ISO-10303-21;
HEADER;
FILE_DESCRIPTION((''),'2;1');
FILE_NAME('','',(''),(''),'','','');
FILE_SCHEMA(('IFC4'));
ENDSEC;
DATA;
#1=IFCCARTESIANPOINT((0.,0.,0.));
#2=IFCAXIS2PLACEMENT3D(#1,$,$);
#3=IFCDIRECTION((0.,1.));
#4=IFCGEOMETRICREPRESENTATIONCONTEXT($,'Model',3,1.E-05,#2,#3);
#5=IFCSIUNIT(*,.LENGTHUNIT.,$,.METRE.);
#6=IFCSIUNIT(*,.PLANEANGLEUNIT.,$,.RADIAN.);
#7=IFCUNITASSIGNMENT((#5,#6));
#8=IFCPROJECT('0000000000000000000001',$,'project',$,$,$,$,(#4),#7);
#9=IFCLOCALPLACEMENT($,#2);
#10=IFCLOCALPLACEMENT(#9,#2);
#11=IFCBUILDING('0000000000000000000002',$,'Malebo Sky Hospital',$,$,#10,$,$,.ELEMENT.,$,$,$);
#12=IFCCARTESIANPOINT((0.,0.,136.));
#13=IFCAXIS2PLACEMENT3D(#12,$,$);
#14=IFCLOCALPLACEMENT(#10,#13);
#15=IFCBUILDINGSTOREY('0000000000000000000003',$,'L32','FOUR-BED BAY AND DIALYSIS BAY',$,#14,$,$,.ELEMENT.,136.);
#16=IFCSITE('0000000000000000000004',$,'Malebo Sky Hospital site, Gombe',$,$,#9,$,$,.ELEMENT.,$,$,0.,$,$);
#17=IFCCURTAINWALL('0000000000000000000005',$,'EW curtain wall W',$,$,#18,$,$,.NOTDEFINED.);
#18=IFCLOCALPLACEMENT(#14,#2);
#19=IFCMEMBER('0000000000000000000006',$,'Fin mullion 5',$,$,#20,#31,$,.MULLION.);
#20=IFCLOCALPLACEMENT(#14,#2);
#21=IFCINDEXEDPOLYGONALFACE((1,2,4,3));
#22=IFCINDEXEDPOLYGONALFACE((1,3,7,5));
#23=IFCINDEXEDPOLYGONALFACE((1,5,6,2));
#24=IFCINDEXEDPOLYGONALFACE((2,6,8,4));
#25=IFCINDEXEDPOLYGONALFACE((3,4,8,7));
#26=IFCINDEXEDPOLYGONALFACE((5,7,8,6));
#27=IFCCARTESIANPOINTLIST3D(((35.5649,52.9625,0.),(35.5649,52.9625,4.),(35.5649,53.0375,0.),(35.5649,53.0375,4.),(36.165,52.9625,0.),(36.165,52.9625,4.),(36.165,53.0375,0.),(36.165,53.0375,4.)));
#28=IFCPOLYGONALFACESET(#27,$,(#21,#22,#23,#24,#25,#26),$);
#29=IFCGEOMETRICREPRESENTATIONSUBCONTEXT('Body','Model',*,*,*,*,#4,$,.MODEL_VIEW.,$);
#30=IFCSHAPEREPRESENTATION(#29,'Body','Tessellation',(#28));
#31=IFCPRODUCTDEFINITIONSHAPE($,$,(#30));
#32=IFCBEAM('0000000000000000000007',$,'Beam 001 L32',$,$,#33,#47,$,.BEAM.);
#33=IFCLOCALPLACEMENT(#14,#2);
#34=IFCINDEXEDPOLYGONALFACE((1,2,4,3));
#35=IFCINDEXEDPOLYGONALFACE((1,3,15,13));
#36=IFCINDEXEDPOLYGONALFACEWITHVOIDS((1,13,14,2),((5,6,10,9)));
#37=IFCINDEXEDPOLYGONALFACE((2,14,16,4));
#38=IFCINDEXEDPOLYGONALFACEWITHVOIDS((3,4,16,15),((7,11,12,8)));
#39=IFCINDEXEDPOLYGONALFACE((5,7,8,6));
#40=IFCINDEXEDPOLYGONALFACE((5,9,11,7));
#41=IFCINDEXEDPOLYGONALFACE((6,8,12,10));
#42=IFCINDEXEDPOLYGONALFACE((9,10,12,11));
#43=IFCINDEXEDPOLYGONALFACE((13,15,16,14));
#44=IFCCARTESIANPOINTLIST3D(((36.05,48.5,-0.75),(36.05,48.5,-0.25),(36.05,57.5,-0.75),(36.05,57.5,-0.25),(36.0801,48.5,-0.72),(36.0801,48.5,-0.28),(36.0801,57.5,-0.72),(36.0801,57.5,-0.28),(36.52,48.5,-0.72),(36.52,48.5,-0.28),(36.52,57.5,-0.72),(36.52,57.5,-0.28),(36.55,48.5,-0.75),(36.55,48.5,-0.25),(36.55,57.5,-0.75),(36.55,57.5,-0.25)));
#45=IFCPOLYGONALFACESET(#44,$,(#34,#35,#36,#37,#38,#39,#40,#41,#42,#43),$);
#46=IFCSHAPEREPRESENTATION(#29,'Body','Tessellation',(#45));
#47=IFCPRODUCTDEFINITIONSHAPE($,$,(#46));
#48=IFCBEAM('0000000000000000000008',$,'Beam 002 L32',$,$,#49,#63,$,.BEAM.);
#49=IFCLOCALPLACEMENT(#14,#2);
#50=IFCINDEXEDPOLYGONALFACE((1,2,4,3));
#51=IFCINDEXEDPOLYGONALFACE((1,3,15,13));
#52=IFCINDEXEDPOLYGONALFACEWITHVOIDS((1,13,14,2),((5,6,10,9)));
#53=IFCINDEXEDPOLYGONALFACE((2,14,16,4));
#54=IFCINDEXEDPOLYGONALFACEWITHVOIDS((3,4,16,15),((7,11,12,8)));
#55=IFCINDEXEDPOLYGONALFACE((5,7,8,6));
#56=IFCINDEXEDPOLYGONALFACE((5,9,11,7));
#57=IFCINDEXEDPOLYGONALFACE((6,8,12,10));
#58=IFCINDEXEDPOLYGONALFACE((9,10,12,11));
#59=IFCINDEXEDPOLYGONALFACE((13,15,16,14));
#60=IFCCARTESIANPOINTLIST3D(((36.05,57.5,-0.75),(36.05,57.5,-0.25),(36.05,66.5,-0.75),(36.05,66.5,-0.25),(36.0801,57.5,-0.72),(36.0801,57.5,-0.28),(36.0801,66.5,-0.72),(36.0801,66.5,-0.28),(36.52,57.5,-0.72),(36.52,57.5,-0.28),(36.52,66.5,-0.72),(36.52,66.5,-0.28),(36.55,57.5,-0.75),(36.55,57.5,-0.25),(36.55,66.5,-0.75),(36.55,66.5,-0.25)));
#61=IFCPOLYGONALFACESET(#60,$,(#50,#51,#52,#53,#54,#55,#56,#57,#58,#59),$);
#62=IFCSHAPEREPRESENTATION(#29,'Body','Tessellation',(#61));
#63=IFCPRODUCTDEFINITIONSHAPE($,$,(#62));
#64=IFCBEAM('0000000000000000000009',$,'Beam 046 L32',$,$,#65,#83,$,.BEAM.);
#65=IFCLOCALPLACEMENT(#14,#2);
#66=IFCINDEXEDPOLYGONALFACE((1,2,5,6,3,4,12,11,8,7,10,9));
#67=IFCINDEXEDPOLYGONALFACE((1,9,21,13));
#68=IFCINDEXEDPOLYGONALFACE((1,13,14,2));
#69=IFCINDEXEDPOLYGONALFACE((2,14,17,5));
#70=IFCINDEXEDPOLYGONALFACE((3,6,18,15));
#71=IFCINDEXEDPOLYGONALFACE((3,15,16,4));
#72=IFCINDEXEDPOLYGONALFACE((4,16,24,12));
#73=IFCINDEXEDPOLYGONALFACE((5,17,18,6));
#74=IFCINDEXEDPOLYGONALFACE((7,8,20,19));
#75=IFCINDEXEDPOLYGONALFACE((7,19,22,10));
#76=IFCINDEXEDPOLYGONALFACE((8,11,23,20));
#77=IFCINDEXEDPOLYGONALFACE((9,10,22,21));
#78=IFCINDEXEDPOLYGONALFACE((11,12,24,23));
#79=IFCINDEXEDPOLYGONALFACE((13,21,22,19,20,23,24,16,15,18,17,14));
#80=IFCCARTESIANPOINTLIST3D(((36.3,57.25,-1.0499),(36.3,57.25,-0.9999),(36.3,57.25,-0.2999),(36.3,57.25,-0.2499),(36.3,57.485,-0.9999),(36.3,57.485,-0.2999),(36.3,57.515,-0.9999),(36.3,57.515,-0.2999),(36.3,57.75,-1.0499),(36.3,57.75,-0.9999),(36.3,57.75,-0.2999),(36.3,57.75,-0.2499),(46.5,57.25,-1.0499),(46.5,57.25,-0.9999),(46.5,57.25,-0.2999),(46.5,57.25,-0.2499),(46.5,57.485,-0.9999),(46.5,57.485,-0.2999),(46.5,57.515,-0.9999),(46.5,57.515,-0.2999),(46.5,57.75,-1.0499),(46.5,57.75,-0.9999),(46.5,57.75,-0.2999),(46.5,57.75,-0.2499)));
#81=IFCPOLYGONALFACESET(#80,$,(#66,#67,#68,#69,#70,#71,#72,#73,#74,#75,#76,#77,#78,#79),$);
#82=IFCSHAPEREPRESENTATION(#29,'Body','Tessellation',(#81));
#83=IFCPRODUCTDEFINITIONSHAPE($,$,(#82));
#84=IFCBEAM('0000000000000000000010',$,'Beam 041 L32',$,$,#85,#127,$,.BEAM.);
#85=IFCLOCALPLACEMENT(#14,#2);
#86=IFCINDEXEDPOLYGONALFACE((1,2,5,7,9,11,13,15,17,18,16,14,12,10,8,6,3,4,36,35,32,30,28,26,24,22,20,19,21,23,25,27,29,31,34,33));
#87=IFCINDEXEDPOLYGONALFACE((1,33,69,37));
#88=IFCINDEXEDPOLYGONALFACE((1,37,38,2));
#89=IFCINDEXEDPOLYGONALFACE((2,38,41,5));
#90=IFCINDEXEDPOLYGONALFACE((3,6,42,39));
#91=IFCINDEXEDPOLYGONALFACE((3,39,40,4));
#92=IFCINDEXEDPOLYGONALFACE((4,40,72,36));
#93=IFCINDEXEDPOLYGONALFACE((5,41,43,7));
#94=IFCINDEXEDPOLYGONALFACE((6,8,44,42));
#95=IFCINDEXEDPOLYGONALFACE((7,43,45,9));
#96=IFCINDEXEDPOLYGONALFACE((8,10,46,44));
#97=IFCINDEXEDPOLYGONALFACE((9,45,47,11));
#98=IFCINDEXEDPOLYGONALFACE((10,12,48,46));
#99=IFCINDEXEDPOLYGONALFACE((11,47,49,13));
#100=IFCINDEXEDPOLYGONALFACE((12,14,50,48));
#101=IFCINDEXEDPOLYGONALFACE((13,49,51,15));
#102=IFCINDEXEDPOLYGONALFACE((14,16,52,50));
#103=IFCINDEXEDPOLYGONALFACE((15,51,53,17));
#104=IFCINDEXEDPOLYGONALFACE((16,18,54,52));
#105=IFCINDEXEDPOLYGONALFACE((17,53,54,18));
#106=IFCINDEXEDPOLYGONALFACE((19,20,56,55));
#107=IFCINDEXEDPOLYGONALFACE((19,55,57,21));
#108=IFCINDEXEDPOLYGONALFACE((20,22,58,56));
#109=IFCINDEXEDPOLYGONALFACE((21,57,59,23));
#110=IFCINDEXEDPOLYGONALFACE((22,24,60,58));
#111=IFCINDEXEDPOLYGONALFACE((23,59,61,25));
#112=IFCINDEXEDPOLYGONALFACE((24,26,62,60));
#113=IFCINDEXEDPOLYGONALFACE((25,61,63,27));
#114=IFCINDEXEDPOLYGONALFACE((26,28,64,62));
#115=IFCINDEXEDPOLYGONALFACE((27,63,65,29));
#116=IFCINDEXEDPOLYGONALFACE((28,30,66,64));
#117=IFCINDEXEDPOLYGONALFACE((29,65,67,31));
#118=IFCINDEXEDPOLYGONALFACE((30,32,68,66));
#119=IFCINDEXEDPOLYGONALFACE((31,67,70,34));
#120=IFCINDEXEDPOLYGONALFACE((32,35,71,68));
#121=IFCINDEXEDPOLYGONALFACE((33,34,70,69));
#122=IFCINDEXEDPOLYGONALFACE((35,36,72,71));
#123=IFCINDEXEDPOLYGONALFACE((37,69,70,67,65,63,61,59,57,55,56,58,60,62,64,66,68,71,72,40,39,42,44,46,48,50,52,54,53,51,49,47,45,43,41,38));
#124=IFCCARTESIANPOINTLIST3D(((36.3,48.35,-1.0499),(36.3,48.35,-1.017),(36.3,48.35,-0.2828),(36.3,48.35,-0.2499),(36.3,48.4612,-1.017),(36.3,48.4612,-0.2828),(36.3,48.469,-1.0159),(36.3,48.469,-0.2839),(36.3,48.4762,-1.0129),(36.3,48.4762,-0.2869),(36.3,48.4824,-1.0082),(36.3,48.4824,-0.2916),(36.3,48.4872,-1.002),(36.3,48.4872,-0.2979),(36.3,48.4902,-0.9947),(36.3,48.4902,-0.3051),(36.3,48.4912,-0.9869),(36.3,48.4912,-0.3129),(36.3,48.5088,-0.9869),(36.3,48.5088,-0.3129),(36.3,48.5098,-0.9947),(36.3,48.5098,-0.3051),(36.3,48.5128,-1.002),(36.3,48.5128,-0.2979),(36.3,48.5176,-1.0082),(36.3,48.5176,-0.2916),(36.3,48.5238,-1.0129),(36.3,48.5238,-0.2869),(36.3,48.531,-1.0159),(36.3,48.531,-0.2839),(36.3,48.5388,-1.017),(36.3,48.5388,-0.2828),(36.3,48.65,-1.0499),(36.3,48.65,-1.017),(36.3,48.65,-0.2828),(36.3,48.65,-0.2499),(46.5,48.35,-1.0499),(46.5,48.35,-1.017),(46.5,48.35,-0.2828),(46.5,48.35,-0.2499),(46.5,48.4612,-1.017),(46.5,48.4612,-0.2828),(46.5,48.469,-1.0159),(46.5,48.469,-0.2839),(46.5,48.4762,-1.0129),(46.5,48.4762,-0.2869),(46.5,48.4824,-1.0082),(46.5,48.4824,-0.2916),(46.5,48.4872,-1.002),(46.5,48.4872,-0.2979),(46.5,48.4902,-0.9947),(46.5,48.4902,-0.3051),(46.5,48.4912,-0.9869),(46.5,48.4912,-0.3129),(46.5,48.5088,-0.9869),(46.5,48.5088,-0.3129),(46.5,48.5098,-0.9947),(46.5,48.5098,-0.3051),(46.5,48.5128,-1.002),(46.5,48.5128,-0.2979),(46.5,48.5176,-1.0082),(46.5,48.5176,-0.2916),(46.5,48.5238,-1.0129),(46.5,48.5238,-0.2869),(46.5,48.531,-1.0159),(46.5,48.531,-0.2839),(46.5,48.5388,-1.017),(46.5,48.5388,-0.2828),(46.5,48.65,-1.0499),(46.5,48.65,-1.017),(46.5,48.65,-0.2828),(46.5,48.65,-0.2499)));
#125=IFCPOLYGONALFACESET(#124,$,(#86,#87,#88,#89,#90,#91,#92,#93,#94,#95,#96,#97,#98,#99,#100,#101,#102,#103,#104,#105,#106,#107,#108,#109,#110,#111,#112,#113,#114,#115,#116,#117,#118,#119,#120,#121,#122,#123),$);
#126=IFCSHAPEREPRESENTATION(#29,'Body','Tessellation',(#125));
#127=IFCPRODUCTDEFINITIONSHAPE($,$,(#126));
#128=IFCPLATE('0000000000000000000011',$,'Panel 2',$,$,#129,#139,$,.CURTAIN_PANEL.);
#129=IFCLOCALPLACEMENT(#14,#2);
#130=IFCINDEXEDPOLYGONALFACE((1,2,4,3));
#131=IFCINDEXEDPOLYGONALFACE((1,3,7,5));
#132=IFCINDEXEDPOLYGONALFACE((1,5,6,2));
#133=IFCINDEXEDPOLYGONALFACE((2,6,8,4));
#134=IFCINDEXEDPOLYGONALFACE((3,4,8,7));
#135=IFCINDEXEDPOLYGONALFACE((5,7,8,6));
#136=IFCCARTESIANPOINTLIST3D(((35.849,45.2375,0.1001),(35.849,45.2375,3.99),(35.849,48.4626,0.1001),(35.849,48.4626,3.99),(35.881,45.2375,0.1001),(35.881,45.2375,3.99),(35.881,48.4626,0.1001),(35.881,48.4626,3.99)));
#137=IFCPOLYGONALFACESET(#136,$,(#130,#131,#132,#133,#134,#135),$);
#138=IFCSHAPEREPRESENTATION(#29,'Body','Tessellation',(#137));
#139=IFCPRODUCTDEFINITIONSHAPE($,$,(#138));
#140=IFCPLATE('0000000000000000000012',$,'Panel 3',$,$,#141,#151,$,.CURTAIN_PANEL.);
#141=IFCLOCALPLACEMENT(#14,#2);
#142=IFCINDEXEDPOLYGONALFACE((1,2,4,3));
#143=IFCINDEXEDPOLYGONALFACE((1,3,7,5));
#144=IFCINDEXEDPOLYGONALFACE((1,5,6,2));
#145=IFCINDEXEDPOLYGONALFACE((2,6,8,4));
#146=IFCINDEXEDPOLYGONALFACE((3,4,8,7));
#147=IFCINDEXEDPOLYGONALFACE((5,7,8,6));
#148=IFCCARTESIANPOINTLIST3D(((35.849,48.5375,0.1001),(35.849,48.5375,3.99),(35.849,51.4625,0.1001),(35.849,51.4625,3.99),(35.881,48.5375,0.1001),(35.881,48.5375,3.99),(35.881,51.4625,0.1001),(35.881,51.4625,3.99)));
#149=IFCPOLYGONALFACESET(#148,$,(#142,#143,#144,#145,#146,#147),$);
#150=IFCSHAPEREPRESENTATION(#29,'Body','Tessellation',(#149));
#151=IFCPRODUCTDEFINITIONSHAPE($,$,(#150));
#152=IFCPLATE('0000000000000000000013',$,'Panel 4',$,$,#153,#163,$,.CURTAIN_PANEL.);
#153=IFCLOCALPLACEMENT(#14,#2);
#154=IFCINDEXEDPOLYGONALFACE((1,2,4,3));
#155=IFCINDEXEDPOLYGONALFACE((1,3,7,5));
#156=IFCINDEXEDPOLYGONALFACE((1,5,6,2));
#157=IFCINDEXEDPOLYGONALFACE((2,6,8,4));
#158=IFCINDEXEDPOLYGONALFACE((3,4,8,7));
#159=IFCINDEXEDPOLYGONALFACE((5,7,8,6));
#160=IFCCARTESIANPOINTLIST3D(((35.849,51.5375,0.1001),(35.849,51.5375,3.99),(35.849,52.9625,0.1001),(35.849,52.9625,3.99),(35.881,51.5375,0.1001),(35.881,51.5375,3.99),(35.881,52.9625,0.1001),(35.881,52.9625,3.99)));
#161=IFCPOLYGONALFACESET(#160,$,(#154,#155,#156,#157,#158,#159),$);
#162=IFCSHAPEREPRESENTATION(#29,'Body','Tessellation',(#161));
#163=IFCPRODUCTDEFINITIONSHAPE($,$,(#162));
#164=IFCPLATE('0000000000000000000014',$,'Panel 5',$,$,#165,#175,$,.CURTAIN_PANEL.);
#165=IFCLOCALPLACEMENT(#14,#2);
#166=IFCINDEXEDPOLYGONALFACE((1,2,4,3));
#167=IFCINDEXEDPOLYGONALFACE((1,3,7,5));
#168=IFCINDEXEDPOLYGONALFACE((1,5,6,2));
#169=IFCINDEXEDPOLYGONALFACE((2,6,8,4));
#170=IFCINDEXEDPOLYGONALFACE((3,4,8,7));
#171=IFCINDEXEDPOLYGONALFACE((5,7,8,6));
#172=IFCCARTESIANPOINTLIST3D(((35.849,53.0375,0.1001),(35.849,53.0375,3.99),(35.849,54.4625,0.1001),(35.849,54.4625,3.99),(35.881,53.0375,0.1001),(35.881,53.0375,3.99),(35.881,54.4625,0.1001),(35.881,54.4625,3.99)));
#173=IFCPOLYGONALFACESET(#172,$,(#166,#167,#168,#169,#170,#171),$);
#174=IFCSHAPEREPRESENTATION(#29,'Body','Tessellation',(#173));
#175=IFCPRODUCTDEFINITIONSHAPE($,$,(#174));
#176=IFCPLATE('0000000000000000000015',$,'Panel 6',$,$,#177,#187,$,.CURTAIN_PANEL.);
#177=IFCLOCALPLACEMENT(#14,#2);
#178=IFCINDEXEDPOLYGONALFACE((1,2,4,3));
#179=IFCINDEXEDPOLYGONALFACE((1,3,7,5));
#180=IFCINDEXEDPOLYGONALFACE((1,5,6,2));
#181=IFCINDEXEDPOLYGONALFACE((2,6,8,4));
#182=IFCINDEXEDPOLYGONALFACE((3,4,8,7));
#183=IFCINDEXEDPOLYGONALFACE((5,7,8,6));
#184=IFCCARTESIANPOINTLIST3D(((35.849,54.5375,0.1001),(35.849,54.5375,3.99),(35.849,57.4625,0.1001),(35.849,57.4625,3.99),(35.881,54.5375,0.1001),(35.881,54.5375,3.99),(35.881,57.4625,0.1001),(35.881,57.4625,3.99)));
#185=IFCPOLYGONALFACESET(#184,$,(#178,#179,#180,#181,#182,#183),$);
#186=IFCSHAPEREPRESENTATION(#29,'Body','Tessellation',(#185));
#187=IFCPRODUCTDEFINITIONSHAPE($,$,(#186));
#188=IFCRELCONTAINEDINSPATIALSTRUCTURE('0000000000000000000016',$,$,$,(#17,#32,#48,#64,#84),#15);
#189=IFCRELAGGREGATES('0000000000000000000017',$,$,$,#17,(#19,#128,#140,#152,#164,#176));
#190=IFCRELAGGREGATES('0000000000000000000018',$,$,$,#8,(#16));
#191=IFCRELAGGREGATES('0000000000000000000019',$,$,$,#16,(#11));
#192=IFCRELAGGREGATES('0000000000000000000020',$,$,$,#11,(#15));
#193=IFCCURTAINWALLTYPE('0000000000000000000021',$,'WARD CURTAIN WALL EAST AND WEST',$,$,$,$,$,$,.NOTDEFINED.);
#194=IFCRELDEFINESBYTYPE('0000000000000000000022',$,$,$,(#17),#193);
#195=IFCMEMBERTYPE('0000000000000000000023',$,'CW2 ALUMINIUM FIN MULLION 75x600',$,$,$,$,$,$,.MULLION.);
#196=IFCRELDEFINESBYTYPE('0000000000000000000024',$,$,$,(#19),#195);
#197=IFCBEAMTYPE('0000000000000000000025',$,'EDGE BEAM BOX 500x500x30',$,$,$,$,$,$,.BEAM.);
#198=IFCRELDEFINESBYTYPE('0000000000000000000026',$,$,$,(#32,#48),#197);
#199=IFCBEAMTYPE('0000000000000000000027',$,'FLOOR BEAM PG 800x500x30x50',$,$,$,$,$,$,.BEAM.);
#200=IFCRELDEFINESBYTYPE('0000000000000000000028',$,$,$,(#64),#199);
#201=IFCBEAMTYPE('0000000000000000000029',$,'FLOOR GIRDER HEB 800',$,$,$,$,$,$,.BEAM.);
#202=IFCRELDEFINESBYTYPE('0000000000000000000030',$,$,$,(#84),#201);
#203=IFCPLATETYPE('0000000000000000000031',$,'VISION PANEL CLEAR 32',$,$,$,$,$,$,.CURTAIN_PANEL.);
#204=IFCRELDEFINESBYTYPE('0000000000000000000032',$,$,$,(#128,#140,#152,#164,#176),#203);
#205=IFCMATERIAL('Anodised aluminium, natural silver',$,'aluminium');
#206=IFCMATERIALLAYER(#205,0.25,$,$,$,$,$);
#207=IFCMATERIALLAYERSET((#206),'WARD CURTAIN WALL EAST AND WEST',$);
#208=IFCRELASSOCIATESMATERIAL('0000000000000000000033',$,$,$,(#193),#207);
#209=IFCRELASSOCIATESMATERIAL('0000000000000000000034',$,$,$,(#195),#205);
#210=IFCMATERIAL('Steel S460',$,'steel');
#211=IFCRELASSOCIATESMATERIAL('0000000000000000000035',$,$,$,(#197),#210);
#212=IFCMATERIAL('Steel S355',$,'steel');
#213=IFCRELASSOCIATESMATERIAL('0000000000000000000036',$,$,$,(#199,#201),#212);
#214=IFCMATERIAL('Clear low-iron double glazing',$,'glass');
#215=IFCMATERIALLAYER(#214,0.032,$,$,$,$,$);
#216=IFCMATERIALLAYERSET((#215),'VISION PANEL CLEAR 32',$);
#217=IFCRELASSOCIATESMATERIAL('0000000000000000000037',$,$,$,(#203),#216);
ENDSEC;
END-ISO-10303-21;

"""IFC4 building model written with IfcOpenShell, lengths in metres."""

from ifc_helpers import new_model, si_unit, direction, frame, origin, origin_2d, place, context, subcontext, project, spatial, rectangle, hollow_rectangle, i_section, extrude, material, layer, layer_set, material_profile, profile_set, type_object, element, aggregate, save


model = new_model("IFC4")

# Units and contexts
model_context = context("Model", 3, precision=1e-05, world=origin(), true_north=direction((0.0, 1.0)))
body_context = subcontext(model_context, "Body", "Model", "MODEL_VIEW")
ifc_project = project(units=[si_unit("LENGTHUNIT", "METRE"), si_unit("PLANEANGLEUNIT", "RADIAN")], contexts=[model_context])

# Site, building, storey
site_placement = place(None, origin())
site = spatial("IfcSite", under=ifc_project, at=site_placement, Name="Malebo Sky Hospital site, Gombe", CompositionType="ELEMENT", RefElevation=0.0)
building_placement = place(site_placement, origin())
building = spatial("IfcBuilding", under=site, at=building_placement, Name="Malebo Sky Hospital", CompositionType="ELEMENT")
storey_placement = place(building_placement, frame((0.0, 0.0, 136.0)))
storey = spatial("IfcBuildingStorey", under=building, at=storey_placement, Name="L32", Description="FOUR-BED BAY AND DIALYSIS BAY", CompositionType="ELEMENT", Elevation=136.0)

# Shared definitions
ifc_material_1 = material(Name="Steel S460", Category="steel")

# Curtain wall, member
ifc_material_2 = material(Name="Anodised aluminium, natural silver", Category="aluminium")
ifc_layer_1 = layer(ifc_material_2, 0.25)
ifc_layer_set_1 = layer_set([ifc_layer_1], Name="WARD CURTAIN WALL EAST AND WEST")
curtain_wall_type = type_object("IfcCurtainWallType", Name="WARD CURTAIN WALL EAST AND WEST", PredefinedType="NOTDEFINED", material=ifc_layer_set_1)
curtain_wall_placement = place(storey_placement, origin())
curtain_wall = element("IfcCurtainWall", 1, at=curtain_wall_placement, inside=storey, type_object=curtain_wall_type, Name="EW curtain wall W", PredefinedType="NOTDEFINED")
ifc_material_profile_1 = material_profile(ifc_material_2, rectangle(XDim=0.075, YDim=0.6001, at=origin_2d()), Name="CW2 ALUMINIUM FIN MULLION 75x600")
ifc_profile_set_1 = profile_set([ifc_material_profile_1], Name="Anodised aluminium, natural silver")
member_type_1 = type_object("IfcMemberType", Name="CW2 ALUMINIUM FIN MULLION 75x600", PredefinedType="MULLION", material=ifc_profile_set_1)
member_1_placement = place(storey_placement, frame((35.865, 53.0, 0.0), z_axis=(0.0, 0.0, 1.0), x_axis=(0.0, 1.0, 0.0)))
member_1 = element("IfcMember", 2, at=member_1_placement, type_object=member_type_1, Name="Fin mullion 5", PredefinedType="MULLION", context=body_context, shape_type="SweptSolid", body=[
    extrude(rectangle(XDim=0.075, YDim=0.6001, at=origin_2d()), origin(), (0.0, 0.0, 1.0), 4.0),
])

# Beams
ifc_material_profile_2 = material_profile(ifc_material_1, hollow_rectangle(XDim=0.5, YDim=0.5, WallThickness=0.03, at=origin_2d()), Name="BOX 500x500x30")
ifc_profile_set_2 = profile_set([ifc_material_profile_2], Name="Steel S460")
beam_type_1 = type_object("IfcBeamType", Name="EDGE BEAM BOX 500x500x30", PredefinedType="BEAM", material=ifc_profile_set_2)
for number, where, z_axis, x_axis, name in (
    (3, (36.3, 48.5, -0.5), (0.0, 1.0, 0.0), (-1.0, 0.0, 0.0), "Beam 001 L32"),
    (4, (36.3, 57.5, -0.5), (0.0, 1.0, 0.0), (-1.0, 0.0, 0.0), "Beam 002 L32"),
):
    element("IfcBeam", number, at=place(storey_placement, frame(where, z_axis=z_axis, x_axis=x_axis)), inside=storey, type_object=beam_type_1, Name=name, PredefinedType="BEAM", context=body_context, shape_type="SweptSolid", body=[
        extrude(hollow_rectangle(XDim=0.5, YDim=0.5, WallThickness=0.03, at=origin_2d()), origin(), (0.0, 0.0, 1.0), 9.0),
    ])
ifc_material_3 = material(Name="Steel S355", Category="steel")
ifc_material_profile_3 = material_profile(ifc_material_3, i_section(OverallWidth=0.5, OverallDepth=0.8, WebThickness=0.03, FlangeThickness=0.05, at=origin_2d()), Name="PG 800x500x30x50")
ifc_profile_set_3 = profile_set([ifc_material_profile_3], Name="Steel S355")
beam_type_2 = type_object("IfcBeamType", Name="FLOOR BEAM PG 800x500x30x50", PredefinedType="BEAM", material=ifc_profile_set_3)
beam_1_placement = place(storey_placement, frame((36.3, 57.5, -0.6499), z_axis=(1.0, 0.0, 0.0), x_axis=(0.0, 1.0, 0.0)))
element("IfcBeam", 5, at=beam_1_placement, inside=storey, type_object=beam_type_2, Name="Beam 046 L32", PredefinedType="BEAM", context=body_context, shape_type="SweptSolid", body=[
    extrude(i_section(OverallWidth=0.5, OverallDepth=0.8, WebThickness=0.03, FlangeThickness=0.05, at=origin_2d()), origin(), (0.0, 0.0, 1.0), 10.2),
])
ifc_material_profile_4 = material_profile(ifc_material_3, i_section(OverallWidth=0.3, OverallDepth=0.8, WebThickness=0.0176, FlangeThickness=0.033, FilletRadius=0.03, at=origin_2d()), Name="HEB 800")
ifc_profile_set_4 = profile_set([ifc_material_profile_4], Name="Steel S355")
beam_type_3 = type_object("IfcBeamType", Name="FLOOR GIRDER HEB 800", PredefinedType="BEAM", material=ifc_profile_set_4)
beam_2_placement = place(storey_placement, frame((36.3, 48.5, -0.6499), z_axis=(1.0, 0.0, 0.0), x_axis=(0.0, 1.0, 0.0)))
element("IfcBeam", 6, at=beam_2_placement, inside=storey, type_object=beam_type_3, Name="Beam 041 L32", PredefinedType="BEAM", context=body_context, shape_type="SweptSolid", body=[
    extrude(i_section(OverallWidth=0.3, OverallDepth=0.8, WebThickness=0.0176, FlangeThickness=0.033, FilletRadius=0.03, at=origin_2d()), origin(), (0.0, 0.0, 1.0), 10.2),
])

# Plates
ifc_material_4 = material(Name="Clear low-iron double glazing", Category="glass")
ifc_layer_2 = layer(ifc_material_4, 0.032)
ifc_layer_set_2 = layer_set([ifc_layer_2], Name="VISION PANEL CLEAR 32")
plate_type = type_object("IfcPlateType", Name="VISION PANEL CLEAR 32", PredefinedType="CURTAIN_PANEL", material=ifc_layer_set_2)
plate_1_placement = place(storey_placement, frame((35.865, 46.8501, 0.1001), z_axis=(0.0, 0.0, 1.0), x_axis=(0.0, 1.0, 0.0)))
plate_1 = element("IfcPlate", 7, at=plate_1_placement, type_object=plate_type, Name="Panel 2", PredefinedType="CURTAIN_PANEL", context=body_context, shape_type="SweptSolid", body=[
    extrude(rectangle(XDim=3.2251, YDim=0.032, at=origin_2d()), origin(), (0.0, 0.0, 1.0), 3.8899),
])
plate_2_placement = place(storey_placement, frame((35.865, 50.0, 0.1001), z_axis=(0.0, 0.0, 1.0), x_axis=(0.0, 1.0, 0.0)))
plate_2 = element("IfcPlate", 8, at=plate_2_placement, type_object=plate_type, Name="Panel 3", PredefinedType="CURTAIN_PANEL", context=body_context, shape_type="SweptSolid", body=[
    extrude(rectangle(XDim=2.925, YDim=0.032, at=origin_2d()), origin(), (0.0, 0.0, 1.0), 3.8899),
])
plate_3_placement = place(storey_placement, frame((35.865, 52.25, 0.1001), z_axis=(0.0, 0.0, 1.0), x_axis=(0.0, 1.0, 0.0)))
plate_3 = element("IfcPlate", 9, at=plate_3_placement, type_object=plate_type, Name="Panel 4", PredefinedType="CURTAIN_PANEL", context=body_context, shape_type="SweptSolid", body=[
    extrude(rectangle(XDim=1.425, YDim=0.032, at=origin_2d()), origin(), (0.0, 0.0, 1.0), 3.8899),
])
plate_4_placement = place(storey_placement, frame((35.865, 53.75, 0.1001), z_axis=(0.0, 0.0, 1.0), x_axis=(0.0, 1.0, 0.0)))
plate_4 = element("IfcPlate", 10, at=plate_4_placement, type_object=plate_type, Name="Panel 5", PredefinedType="CURTAIN_PANEL", context=body_context, shape_type="SweptSolid", body=[
    extrude(rectangle(XDim=1.425, YDim=0.032, at=origin_2d()), origin(), (0.0, 0.0, 1.0), 3.8899),
])
plate_5_placement = place(storey_placement, frame((35.865, 56.0, 0.1001), z_axis=(0.0, 0.0, 1.0), x_axis=(0.0, 1.0, 0.0)))
plate_5 = element("IfcPlate", 11, at=plate_5_placement, type_object=plate_type, Name="Panel 6", PredefinedType="CURTAIN_PANEL", context=body_context, shape_type="SweptSolid", body=[
    extrude(rectangle(XDim=2.925, YDim=0.032, at=origin_2d()), origin(), (0.0, 0.0, 1.0), 3.8899),
])
aggregate(curtain_wall, [member_1, plate_1, plate_2, plate_3, plate_4, plate_5])

save(model, "model.ifc")
